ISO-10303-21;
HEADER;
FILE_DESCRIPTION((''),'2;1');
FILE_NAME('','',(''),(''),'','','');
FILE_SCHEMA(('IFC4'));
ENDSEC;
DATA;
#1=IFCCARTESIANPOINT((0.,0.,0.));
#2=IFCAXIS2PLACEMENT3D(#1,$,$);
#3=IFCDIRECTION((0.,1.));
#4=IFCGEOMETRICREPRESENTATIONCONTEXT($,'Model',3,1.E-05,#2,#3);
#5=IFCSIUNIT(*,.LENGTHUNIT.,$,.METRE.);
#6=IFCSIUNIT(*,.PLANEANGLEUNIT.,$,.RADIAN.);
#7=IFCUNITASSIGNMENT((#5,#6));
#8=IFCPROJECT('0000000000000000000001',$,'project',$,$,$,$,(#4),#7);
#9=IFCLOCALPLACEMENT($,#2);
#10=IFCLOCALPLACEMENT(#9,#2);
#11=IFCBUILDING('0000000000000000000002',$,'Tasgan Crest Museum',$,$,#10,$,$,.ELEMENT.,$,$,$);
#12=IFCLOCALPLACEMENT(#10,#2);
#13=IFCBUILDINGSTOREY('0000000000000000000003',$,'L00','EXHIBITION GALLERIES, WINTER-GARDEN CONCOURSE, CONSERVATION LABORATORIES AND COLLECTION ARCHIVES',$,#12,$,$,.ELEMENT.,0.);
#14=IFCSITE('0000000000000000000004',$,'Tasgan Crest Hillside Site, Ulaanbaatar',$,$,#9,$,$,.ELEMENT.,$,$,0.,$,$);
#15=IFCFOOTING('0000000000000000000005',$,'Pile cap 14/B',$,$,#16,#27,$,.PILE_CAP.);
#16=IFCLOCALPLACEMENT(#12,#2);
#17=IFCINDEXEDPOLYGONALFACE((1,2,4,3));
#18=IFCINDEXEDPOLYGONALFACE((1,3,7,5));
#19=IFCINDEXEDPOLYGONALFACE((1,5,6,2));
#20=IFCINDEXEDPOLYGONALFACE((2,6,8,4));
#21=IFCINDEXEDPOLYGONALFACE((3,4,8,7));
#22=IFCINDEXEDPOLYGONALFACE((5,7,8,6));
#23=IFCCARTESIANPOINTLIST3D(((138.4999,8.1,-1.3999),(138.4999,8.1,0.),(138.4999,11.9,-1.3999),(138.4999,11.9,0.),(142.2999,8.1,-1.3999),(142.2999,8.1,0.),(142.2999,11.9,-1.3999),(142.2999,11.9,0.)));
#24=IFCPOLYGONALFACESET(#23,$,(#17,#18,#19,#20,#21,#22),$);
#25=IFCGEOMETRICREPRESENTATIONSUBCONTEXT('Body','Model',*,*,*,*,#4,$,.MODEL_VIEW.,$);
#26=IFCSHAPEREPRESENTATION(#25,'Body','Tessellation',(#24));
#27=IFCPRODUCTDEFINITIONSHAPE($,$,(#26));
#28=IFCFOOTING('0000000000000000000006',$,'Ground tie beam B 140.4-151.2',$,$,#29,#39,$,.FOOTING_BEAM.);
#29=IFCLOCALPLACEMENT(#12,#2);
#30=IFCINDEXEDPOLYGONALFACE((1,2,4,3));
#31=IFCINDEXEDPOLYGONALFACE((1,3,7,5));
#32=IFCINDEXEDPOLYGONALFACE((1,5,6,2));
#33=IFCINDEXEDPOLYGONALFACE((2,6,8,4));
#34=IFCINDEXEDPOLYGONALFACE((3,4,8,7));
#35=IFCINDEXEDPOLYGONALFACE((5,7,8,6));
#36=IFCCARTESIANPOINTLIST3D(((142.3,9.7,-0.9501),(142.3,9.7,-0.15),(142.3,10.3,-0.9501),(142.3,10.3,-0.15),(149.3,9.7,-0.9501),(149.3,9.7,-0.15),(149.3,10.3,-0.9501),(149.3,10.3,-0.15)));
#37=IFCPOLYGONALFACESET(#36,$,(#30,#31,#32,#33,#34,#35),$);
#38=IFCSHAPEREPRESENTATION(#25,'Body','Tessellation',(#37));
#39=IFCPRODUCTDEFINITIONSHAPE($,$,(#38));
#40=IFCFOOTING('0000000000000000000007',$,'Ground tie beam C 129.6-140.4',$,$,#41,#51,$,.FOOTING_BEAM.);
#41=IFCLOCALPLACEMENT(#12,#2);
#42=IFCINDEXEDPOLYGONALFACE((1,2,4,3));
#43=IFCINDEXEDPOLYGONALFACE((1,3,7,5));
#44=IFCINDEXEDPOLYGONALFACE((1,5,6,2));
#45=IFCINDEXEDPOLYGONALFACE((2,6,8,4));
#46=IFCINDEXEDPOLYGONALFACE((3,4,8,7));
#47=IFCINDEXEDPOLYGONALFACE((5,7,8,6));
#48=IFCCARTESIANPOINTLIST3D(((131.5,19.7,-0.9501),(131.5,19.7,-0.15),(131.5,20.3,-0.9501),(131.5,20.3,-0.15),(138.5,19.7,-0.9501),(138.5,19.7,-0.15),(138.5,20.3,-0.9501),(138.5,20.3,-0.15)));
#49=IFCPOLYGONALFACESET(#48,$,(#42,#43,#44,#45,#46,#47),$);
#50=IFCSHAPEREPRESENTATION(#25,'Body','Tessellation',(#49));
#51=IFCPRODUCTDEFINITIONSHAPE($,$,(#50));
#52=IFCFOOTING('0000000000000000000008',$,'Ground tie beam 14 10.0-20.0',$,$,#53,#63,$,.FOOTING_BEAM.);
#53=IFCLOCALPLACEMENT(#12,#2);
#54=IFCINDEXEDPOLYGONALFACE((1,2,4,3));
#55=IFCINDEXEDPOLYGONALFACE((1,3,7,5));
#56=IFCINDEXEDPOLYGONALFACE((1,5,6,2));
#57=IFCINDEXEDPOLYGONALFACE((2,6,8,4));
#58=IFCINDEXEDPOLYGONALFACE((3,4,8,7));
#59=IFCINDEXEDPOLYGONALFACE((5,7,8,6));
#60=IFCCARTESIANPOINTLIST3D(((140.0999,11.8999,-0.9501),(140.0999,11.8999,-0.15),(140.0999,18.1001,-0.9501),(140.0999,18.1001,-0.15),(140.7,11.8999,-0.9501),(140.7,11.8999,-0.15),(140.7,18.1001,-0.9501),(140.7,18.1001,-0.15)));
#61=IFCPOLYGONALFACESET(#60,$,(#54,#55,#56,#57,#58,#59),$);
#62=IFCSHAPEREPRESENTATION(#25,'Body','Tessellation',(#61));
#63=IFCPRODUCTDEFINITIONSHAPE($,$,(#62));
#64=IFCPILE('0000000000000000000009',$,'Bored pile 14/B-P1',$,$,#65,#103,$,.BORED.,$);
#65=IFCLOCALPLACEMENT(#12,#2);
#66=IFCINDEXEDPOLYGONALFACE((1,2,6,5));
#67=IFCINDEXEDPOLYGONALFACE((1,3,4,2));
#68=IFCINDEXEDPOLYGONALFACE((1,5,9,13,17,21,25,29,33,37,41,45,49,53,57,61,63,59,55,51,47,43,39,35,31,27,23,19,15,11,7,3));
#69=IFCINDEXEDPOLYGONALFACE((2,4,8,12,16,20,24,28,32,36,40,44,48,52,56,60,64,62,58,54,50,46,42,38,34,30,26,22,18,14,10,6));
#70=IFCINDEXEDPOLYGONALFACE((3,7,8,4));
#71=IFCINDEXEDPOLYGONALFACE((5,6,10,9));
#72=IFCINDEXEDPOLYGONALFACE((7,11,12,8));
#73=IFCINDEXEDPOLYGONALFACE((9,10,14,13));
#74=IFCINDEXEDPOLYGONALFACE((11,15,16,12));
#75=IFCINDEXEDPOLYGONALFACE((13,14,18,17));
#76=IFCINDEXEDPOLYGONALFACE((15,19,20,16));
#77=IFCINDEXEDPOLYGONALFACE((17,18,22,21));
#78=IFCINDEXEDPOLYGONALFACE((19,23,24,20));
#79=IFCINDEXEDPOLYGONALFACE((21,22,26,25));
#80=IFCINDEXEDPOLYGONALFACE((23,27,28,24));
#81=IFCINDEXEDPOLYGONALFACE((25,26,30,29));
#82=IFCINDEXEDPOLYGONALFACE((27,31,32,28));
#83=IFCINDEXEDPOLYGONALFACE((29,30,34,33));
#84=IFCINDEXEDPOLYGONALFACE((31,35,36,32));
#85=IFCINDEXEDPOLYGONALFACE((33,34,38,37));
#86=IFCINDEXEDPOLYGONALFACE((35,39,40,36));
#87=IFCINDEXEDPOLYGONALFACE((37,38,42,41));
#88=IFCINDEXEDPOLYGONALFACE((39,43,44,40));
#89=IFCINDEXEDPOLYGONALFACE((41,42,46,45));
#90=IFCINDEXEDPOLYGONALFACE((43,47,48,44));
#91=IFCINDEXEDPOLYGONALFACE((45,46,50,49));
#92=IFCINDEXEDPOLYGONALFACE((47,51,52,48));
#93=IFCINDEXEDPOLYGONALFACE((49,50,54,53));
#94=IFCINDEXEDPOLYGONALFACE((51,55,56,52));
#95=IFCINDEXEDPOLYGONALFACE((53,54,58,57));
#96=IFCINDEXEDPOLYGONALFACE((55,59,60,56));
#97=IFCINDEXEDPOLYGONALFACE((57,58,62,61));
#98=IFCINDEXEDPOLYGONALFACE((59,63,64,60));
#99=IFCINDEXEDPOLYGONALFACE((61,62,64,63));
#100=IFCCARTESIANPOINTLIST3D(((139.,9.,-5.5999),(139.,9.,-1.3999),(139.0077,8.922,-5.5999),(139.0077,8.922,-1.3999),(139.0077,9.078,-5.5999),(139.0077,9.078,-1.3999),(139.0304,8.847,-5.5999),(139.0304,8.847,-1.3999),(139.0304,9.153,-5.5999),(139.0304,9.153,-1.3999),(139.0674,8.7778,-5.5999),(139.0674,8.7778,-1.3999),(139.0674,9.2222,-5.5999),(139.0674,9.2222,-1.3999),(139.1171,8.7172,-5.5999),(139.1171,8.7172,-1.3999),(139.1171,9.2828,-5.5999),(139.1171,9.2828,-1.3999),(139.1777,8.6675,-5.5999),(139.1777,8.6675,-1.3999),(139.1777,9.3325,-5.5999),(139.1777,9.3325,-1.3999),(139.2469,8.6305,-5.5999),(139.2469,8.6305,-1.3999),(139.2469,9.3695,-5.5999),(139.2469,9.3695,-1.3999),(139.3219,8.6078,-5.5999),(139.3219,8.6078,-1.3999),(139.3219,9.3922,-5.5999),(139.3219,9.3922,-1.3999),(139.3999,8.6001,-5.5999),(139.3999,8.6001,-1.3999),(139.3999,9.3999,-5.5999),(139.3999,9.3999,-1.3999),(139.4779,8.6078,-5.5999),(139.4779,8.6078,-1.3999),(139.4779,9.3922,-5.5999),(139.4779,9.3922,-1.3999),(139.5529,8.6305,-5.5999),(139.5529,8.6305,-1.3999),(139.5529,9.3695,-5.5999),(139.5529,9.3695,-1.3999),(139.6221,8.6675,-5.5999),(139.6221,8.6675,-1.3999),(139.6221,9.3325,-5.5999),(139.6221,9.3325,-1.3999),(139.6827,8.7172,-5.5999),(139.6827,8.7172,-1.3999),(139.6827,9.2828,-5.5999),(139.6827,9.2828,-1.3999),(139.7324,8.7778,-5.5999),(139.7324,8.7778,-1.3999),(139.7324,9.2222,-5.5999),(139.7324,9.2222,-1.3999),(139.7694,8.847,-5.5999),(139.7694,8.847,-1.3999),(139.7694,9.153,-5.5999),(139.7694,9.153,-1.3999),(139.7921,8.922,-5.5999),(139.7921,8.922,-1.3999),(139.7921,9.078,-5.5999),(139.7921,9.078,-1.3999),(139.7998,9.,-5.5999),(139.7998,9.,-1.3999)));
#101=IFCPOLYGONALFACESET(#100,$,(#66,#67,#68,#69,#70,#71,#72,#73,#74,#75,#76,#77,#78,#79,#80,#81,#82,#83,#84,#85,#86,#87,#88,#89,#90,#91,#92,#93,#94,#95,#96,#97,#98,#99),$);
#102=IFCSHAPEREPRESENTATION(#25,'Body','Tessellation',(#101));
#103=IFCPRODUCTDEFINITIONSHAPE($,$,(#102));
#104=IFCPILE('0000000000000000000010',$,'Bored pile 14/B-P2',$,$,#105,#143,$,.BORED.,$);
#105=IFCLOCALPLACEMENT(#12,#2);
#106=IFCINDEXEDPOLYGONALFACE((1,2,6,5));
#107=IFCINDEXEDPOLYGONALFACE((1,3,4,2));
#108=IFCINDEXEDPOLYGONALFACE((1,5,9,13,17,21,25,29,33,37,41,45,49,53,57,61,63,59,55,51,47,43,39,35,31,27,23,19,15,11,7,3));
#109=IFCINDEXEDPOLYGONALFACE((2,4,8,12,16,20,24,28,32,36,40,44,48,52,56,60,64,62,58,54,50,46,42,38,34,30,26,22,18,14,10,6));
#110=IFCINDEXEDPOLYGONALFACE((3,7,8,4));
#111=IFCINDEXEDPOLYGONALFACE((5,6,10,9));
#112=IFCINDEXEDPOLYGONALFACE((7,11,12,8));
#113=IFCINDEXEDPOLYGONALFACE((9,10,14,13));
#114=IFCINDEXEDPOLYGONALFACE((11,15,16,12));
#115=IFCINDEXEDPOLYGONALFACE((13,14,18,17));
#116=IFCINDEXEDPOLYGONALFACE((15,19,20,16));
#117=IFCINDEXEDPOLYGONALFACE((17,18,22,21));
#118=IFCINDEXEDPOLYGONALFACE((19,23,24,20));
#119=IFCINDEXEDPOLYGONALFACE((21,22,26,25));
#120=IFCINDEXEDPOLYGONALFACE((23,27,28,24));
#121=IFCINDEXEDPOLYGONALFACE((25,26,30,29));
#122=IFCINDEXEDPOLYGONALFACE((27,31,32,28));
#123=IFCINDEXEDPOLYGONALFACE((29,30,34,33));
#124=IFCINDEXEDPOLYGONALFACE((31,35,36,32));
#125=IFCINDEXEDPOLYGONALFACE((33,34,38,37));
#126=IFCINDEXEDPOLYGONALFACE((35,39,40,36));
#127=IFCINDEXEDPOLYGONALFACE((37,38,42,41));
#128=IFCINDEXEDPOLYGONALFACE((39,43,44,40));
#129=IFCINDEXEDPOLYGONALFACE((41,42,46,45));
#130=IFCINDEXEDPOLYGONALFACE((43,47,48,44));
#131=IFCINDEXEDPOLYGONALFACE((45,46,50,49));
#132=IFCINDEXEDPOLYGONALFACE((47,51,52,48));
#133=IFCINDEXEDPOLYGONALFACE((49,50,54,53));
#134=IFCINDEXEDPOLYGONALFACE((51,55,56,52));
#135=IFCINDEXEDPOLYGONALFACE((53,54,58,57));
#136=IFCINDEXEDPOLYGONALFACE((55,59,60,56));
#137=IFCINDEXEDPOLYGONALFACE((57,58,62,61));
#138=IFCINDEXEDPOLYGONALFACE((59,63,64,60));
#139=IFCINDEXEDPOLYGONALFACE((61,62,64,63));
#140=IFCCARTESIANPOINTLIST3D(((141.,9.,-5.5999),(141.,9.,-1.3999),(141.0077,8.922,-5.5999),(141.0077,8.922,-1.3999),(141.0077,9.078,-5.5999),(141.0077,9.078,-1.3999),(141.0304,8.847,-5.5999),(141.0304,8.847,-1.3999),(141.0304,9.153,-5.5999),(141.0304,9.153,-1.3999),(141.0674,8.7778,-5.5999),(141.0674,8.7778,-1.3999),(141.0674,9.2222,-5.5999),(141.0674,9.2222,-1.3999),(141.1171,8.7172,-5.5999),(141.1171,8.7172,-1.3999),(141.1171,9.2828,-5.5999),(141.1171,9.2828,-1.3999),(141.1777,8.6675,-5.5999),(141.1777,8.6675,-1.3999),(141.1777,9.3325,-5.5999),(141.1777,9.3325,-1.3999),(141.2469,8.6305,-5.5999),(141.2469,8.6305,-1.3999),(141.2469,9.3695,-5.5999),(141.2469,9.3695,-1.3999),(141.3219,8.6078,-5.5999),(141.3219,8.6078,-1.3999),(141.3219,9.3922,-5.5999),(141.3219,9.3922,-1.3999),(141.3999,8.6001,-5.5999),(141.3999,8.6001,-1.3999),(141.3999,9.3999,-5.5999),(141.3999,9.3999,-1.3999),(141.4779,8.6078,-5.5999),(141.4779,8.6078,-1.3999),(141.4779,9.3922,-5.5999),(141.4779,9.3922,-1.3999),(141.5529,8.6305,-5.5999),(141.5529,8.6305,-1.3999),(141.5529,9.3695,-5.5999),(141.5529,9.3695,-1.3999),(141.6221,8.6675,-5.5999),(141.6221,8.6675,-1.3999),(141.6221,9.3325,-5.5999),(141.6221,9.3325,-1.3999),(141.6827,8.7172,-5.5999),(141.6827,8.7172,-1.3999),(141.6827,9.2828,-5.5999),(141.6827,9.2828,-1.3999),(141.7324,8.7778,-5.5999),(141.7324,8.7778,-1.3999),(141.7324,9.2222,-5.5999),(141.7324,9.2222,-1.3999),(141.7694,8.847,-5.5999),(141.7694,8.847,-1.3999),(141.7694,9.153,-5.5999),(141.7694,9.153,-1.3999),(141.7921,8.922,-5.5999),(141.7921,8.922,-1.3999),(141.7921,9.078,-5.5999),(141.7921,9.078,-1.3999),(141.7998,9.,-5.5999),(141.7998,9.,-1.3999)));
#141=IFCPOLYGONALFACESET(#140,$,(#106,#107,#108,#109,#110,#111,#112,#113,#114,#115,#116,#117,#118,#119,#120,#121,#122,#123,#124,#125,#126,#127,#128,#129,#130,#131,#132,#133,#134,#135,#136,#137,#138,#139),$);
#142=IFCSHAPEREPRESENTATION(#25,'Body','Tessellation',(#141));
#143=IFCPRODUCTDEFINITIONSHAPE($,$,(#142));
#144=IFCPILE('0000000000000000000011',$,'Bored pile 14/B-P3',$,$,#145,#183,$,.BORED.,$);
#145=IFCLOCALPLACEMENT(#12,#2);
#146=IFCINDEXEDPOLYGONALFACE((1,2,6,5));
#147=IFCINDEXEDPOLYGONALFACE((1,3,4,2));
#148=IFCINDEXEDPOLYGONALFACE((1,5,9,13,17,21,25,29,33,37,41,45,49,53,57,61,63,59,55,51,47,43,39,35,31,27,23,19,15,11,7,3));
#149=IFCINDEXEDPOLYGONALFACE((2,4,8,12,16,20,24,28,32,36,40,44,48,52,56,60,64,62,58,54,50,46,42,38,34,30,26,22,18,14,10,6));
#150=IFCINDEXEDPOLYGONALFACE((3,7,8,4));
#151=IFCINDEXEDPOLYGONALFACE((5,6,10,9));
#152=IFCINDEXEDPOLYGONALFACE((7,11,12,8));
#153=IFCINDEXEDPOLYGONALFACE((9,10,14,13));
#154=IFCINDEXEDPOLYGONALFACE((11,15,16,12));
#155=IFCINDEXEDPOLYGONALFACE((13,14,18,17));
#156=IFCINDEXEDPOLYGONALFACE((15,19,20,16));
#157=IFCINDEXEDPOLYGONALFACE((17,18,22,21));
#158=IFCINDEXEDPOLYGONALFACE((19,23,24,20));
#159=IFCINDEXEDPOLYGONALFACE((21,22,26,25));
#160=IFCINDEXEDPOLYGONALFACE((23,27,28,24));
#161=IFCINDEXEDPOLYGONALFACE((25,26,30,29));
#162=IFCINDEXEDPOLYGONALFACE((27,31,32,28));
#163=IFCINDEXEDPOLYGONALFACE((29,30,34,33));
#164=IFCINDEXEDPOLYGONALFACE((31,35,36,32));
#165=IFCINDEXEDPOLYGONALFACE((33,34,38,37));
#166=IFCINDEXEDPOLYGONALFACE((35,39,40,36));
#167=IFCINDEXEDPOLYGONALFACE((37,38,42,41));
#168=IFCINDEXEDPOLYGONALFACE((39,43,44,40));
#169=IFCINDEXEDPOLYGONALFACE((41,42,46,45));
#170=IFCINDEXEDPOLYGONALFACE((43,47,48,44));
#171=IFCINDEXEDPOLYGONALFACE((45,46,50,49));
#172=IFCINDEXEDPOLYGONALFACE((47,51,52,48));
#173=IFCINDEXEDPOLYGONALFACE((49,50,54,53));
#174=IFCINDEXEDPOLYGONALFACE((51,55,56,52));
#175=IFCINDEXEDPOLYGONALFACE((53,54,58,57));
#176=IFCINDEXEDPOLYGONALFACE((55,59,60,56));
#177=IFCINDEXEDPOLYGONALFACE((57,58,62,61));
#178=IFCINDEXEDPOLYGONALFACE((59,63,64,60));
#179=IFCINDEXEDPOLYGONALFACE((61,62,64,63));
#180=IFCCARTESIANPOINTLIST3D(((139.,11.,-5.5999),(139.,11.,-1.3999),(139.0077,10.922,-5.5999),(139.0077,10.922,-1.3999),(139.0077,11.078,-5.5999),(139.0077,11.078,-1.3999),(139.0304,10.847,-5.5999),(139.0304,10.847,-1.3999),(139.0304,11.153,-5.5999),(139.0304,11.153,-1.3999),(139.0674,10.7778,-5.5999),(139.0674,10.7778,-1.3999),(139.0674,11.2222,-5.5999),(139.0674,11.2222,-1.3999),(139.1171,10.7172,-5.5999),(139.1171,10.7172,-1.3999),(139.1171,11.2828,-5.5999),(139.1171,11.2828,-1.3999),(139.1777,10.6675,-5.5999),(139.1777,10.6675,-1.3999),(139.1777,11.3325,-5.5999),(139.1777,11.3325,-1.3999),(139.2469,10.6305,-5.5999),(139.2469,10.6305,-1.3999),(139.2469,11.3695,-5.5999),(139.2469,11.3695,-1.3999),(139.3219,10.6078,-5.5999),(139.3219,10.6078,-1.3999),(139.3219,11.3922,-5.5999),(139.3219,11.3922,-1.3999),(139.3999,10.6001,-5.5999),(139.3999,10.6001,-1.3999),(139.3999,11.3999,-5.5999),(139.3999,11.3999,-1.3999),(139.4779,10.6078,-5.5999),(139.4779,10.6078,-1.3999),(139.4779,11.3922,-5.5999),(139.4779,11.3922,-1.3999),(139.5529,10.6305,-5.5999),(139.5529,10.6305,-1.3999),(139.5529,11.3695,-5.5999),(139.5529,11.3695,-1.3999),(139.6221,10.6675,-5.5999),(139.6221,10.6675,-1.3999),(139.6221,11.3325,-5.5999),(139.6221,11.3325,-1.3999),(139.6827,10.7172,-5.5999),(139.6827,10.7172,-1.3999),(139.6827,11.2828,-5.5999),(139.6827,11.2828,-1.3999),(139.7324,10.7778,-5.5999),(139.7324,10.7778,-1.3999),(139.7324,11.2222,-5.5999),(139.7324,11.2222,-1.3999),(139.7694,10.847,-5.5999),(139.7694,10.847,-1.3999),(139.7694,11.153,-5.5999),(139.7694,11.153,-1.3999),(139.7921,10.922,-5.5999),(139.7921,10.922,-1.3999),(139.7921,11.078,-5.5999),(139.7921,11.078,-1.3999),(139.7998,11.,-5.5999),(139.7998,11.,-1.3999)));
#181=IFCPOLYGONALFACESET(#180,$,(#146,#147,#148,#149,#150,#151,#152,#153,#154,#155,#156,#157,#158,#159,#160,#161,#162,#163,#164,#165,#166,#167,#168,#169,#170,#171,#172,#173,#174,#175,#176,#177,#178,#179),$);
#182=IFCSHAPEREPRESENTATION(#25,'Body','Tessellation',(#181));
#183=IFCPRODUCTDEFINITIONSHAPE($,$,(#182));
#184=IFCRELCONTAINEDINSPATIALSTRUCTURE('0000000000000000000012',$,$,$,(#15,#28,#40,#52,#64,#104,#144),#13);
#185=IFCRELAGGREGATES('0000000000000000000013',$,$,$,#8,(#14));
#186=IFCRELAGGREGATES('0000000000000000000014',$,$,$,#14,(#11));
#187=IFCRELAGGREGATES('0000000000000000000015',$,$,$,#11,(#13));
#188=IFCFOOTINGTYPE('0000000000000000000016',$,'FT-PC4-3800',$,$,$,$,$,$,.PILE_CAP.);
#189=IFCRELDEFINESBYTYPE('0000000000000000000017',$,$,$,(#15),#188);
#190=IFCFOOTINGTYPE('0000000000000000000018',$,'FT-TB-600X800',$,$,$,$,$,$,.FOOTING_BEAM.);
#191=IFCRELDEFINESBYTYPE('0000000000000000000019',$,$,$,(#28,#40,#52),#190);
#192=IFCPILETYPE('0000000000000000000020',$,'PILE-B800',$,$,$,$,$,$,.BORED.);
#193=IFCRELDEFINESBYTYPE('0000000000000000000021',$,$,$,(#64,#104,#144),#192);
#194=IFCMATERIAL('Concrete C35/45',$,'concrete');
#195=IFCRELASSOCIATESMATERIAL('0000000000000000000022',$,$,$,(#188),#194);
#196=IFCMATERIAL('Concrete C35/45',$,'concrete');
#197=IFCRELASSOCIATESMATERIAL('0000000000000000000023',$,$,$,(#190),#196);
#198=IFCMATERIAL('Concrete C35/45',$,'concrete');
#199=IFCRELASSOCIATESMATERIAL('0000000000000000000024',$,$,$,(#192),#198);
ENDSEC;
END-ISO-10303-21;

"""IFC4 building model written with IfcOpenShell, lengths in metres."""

from ifc_helpers import new_model, si_unit, direction, frame, origin, origin_2d, place, context, subcontext, project, spatial, rectangle, circle, extrude, material, material_profile, profile_set, type_object, element, save


model = new_model("IFC4")

# Units and contexts
model_context = context("Model", 3, precision=1e-05, world=origin(), true_north=direction((0.0, 1.0)))
body_context = subcontext(model_context, "Body", "Model", "MODEL_VIEW")
ifc_project = project(units=[si_unit("LENGTHUNIT", "METRE"), si_unit("PLANEANGLEUNIT", "RADIAN")], contexts=[model_context])

# Site, building, storey
site_placement = place(None, origin())
site = spatial("IfcSite", under=ifc_project, at=site_placement, Name="Tasgan Crest Hillside Site, Ulaanbaatar", CompositionType="ELEMENT", RefElevation=0.0)
building_placement = place(site_placement, origin())
building = spatial("IfcBuilding", under=site, at=building_placement, Name="Tasgan Crest Museum", CompositionType="ELEMENT")
storey_placement = place(building_placement, origin())
storey = spatial("IfcBuildingStorey", under=building, at=storey_placement, Name="L00", Description="EXHIBITION GALLERIES, WINTER-GARDEN CONCOURSE, CONSERVATION LABORATORIES AND COLLECTION ARCHIVES", CompositionType="ELEMENT", Elevation=0.0)

# Footings
ifc_material_1 = material(Name="Concrete C35/45", Category="concrete")
footing_type_1 = type_object("IfcFootingType", Name="FT-PC4-3800", PredefinedType="PILE_CAP", material=ifc_material_1)
footing_1_placement = place(storey_placement, frame((140.3999, 10.0, -1.3999), z_axis=(0.0, 0.0, 1.0), x_axis=(1.0, 0.0, 0.0)))
element("IfcFooting", 1, at=footing_1_placement, inside=storey, type_object=footing_type_1, Name="Pile cap 14/B", PredefinedType="PILE_CAP", context=body_context, shape_type="SweptSolid", body=[
    extrude(rectangle(XDim=3.8, YDim=3.8, at=origin_2d()), origin(), (0.0, 0.0, 1.0), 1.3999),
])
ifc_material_2 = material(Name="Concrete C35/45", Category="concrete")
ifc_material_profile_1 = material_profile(ifc_material_2, rectangle(XDim=0.6001, YDim=0.8, at=origin_2d()), Name="TB 600x800")
ifc_profile_set_1 = profile_set([ifc_material_profile_1], Name="Concrete C35/45")
footing_type_2 = type_object("IfcFootingType", Name="FT-TB-600X800", PredefinedType="FOOTING_BEAM", material=ifc_profile_set_1)
for number, where, z_axis, x_axis, name in (
    (2, (142.3, 10.0, -0.55), (1.0, 0.0, 0.0), (0.0, 1.0, 0.0), "Ground tie beam B 140.4-151.2"),
    (3, (131.5, 20.0, -0.55), (1.0, 0.0, 0.0), (0.0, 1.0, 0.0), "Ground tie beam C 129.6-140.4"),
):
    element("IfcFooting", number, at=place(storey_placement, frame(where, z_axis=z_axis, x_axis=x_axis)), inside=storey, type_object=footing_type_2, Name=name, PredefinedType="FOOTING_BEAM", context=body_context, shape_type="SweptSolid", body=[
        extrude(rectangle(XDim=0.6001, YDim=0.8, at=origin_2d()), origin(), (0.0, 0.0, 1.0), 7.0),
    ])
footing_2_placement = place(storey_placement, frame((140.3999, 11.8999, -0.55), z_axis=(0.0, 1.0, 0.0), x_axis=(-1.0, 0.0, 0.0)))
element("IfcFooting", 4, at=footing_2_placement, inside=storey, type_object=footing_type_2, Name="Ground tie beam 14 10.0-20.0", PredefinedType="FOOTING_BEAM", context=body_context, shape_type="SweptSolid", body=[
    extrude(rectangle(XDim=0.6001, YDim=0.8, at=origin_2d()), origin(), (0.0, 0.0, 1.0), 6.2002),
])

# Piles
ifc_material_3 = material(Name="Concrete C35/45", Category="concrete")
ifc_material_profile_2 = material_profile(ifc_material_3, circle(Radius=0.3999, at=origin_2d()), Name="PILE D800")
ifc_profile_set_2 = profile_set([ifc_material_profile_2], Name="Concrete C35/45")
pile_type = type_object("IfcPileType", Name="PILE-B800", PredefinedType="BORED", material=ifc_profile_set_2)
for number, where, z_axis, x_axis, name in (
    (5, (139.3999, 9.0, -1.3999), (0.0, 0.0, -1.0), (1.0, 0.0, 0.0), "Bored pile 14/B-P1"),
    (6, (141.3999, 9.0, -1.3999), (0.0, 0.0, -1.0), (1.0, 0.0, 0.0), "Bored pile 14/B-P2"),
    (7, (139.3999, 11.0, -1.3999), (0.0, 0.0, -1.0), (1.0, 0.0, 0.0), "Bored pile 14/B-P3"),
):
    element("IfcPile", number, at=place(storey_placement, frame(where, z_axis=z_axis, x_axis=x_axis)), inside=storey, type_object=pile_type, Name=name, PredefinedType="BORED", context=body_context, shape_type="SweptSolid", body=[
        extrude(circle(Radius=0.3999, at=origin_2d()), origin(), (0.0, 0.0, 1.0), 4.2),
    ])

save(model, "model.ifc")
